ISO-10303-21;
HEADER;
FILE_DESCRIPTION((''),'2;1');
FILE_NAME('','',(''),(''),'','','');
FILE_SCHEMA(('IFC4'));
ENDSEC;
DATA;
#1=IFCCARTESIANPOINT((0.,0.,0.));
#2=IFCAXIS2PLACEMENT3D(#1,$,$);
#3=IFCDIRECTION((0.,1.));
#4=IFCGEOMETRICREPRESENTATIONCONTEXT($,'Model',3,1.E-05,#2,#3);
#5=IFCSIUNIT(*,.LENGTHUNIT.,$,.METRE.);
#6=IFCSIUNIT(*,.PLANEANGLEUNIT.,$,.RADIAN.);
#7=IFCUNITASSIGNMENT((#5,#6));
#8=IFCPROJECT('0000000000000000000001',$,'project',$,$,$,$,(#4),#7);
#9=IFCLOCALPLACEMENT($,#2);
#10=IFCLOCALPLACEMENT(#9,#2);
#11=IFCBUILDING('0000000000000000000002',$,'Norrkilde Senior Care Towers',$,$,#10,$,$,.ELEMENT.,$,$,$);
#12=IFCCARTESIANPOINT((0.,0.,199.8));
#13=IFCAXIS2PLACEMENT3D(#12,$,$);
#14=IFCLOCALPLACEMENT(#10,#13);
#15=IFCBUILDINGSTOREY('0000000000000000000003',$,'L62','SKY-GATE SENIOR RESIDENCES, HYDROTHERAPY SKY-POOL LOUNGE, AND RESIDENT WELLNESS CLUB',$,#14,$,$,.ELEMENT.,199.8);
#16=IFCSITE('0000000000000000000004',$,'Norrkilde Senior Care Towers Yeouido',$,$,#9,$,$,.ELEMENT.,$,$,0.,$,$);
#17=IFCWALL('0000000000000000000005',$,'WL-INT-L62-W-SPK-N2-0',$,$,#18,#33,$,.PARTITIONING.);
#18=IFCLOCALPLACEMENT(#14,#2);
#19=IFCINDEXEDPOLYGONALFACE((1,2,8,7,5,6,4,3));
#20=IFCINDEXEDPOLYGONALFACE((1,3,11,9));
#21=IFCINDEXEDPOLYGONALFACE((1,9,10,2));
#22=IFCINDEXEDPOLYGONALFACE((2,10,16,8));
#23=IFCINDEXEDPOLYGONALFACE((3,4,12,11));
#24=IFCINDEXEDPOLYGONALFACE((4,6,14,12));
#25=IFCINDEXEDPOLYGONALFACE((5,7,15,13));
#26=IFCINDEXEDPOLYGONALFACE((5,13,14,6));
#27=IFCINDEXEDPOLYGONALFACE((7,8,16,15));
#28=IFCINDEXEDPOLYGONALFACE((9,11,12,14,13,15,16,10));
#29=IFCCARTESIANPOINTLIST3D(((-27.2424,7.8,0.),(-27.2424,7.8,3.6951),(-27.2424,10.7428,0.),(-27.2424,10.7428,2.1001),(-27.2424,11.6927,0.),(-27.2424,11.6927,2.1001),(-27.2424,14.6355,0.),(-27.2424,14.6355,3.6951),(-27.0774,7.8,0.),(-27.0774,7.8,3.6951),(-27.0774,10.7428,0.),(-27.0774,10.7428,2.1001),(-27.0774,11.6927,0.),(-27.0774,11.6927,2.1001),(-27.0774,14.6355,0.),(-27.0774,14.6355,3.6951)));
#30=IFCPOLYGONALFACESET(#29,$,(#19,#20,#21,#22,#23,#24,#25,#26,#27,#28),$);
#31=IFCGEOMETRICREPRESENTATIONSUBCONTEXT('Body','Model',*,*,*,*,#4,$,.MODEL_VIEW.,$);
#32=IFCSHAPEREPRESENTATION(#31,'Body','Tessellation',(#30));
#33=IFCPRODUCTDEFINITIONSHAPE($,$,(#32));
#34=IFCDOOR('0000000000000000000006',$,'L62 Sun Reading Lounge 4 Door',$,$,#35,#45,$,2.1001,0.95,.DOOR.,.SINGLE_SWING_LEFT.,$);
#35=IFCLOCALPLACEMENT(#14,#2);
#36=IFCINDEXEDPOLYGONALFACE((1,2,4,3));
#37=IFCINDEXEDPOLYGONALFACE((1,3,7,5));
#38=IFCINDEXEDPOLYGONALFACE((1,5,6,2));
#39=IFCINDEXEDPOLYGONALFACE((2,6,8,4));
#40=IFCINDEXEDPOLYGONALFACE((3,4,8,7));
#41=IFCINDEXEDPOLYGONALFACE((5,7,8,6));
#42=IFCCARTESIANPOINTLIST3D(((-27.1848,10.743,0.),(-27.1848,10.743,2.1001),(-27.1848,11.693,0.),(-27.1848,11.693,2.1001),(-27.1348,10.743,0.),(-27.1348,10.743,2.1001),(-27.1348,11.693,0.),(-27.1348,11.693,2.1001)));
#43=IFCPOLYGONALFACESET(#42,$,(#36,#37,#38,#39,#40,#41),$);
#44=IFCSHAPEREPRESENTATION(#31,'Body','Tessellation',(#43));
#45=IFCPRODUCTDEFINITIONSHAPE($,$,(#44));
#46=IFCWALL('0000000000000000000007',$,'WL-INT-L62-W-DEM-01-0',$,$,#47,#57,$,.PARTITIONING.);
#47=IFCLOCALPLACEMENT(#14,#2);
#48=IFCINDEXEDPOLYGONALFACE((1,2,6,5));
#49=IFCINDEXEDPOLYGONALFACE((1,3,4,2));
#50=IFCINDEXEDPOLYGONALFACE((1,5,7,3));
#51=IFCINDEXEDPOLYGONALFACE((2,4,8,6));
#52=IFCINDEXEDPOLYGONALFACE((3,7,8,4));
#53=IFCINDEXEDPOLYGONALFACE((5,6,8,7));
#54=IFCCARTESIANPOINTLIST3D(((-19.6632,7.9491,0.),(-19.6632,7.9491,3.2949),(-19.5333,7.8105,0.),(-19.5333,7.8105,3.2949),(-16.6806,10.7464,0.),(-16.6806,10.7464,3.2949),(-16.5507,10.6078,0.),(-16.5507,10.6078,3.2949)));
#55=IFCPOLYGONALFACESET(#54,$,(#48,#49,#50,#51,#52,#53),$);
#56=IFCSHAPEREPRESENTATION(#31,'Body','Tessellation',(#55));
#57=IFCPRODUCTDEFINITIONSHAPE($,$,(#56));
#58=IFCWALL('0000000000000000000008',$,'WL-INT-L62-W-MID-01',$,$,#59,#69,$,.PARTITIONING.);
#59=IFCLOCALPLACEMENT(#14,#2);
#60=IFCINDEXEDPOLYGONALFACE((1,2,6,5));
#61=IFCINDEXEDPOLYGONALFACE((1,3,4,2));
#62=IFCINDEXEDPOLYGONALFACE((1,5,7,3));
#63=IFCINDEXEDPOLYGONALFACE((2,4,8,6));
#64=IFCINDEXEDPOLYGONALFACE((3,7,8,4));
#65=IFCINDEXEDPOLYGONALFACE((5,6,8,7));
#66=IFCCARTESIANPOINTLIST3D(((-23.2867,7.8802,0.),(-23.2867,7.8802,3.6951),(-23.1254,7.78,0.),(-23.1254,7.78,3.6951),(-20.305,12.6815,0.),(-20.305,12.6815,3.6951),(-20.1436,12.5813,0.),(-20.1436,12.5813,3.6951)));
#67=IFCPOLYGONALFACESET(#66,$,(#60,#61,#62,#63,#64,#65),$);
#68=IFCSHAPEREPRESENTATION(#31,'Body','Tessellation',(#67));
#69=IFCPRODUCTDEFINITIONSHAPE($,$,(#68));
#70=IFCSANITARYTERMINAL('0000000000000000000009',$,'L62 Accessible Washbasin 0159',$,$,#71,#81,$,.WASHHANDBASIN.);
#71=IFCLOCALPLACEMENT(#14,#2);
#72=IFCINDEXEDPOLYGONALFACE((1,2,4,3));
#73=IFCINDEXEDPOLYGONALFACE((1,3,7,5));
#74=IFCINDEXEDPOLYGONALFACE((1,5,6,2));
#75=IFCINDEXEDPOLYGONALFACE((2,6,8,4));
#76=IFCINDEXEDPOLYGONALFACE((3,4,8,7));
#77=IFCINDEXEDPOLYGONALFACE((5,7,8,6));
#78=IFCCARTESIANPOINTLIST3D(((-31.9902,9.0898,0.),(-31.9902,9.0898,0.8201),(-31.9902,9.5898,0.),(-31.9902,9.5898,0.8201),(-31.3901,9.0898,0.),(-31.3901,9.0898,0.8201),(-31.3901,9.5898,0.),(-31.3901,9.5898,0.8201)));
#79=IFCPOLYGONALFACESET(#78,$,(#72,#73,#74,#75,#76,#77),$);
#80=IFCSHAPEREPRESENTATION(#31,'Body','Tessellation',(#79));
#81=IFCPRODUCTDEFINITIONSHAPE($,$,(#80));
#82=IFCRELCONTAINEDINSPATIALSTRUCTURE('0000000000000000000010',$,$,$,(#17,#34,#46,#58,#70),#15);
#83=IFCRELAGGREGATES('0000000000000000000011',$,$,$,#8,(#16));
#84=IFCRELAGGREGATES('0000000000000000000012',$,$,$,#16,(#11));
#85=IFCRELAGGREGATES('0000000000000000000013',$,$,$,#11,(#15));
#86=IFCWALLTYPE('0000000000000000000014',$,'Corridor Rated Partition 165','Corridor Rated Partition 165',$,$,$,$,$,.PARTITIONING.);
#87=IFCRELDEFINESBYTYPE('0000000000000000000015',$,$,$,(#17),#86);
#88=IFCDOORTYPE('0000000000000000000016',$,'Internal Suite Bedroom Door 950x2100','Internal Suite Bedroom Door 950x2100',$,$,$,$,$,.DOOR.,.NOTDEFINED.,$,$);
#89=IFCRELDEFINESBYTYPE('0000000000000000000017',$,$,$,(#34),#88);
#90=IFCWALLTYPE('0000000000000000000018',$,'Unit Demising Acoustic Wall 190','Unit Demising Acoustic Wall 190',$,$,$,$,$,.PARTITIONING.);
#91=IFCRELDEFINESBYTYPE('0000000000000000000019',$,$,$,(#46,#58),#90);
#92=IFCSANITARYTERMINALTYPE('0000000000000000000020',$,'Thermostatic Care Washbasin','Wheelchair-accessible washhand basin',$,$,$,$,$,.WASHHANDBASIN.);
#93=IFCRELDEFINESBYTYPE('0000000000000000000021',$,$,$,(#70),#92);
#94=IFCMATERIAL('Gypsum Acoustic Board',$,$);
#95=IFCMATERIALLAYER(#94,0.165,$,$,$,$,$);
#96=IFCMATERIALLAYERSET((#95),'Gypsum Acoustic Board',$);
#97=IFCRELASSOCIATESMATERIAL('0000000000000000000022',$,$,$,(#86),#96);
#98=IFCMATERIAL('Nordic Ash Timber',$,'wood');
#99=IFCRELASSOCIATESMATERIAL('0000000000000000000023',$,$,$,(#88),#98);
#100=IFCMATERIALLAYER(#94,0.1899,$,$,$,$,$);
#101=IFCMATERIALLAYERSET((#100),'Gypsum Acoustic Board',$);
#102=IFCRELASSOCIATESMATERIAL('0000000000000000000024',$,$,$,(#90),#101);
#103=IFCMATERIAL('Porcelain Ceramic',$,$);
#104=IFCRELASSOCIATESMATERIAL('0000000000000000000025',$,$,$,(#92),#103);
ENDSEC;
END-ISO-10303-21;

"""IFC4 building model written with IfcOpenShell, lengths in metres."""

from ifc_helpers import new_model, si_unit, direction, frame, frame_2d, origin, origin_2d, place, context, subcontext, project, spatial, rectangle, extrude, source, transform, mapped, material, layer, layer_set, type_object, type_shapes, element, fill, save


model = new_model("IFC4")

# Units and contexts
model_context = context("Model", 3, precision=1e-05, world=origin(), true_north=direction((0.0, 1.0)))
body_context = subcontext(model_context, "Body", "Model", "MODEL_VIEW")
ifc_project = project(units=[si_unit("LENGTHUNIT", "METRE"), si_unit("PLANEANGLEUNIT", "RADIAN")], contexts=[model_context])

# Site, building, storey
site_placement = place(None, origin())
site = spatial("IfcSite", under=ifc_project, at=site_placement, Name="Norrkilde Senior Care Towers Yeouido", CompositionType="ELEMENT", RefElevation=0.0)
building_placement = place(site_placement, origin())
building = spatial("IfcBuilding", under=site, at=building_placement, Name="Norrkilde Senior Care Towers", CompositionType="ELEMENT")
storey_placement = place(building_placement, frame((0.0, 0.0, 199.8)))
storey = spatial("IfcBuildingStorey", under=building, at=storey_placement, Name="L62", Description="SKY-GATE SENIOR RESIDENCES, HYDROTHERAPY SKY-POOL LOUNGE, AND RESIDENT WELLNESS CLUB", CompositionType="ELEMENT", Elevation=199.8)

# Shared definitions
ifc_material_1 = material(Name="Gypsum Acoustic Board")
ifc_layer_1 = layer(ifc_material_1, 0.165)
ifc_layer_set_1 = layer_set([ifc_layer_1], Name="Gypsum Acoustic Board")
wall_type_1 = type_object("IfcWallType", Name="Corridor Rated Partition 165", Description="Corridor Rated Partition 165", PredefinedType="PARTITIONING", material=ifc_layer_set_1)
ifc_material_2 = material(Name="Nordic Ash Timber", Category="wood")

# Wall, opening, door
shared_shape_1 = source(origin(), body_context, "Body", "SweptSolid", [
    extrude(rectangle(XDim=6.8354, YDim=0.165, at=frame_2d((3.4177, 0.0))), origin(), (0.0, 0.0, 1.0), 3.6951),
])
door_type_1 = type_object("IfcDoorType", Name="Internal Suite Bedroom Door 950x2100", Description="Internal Suite Bedroom Door 950x2100", OperationType="NOTDEFINED", PredefinedType="DOOR", material=ifc_material_2)
shared_shape_2 = source(origin(), body_context, "Body", "SweptSolid", [
    extrude(rectangle(XDim=0.95, YDim=2.1001, at=frame_2d((0.4751, 1.05))), frame((0.0, 0.0249, 0.0), z_axis=(0.0, -1.0, 0.0), x_axis=(1.0, 0.0, 0.0)), (0.0, 0.0, 1.0), 0.05),
])
type_shapes(door_type_1, [shared_shape_2])
wall_1_placement = place(storey_placement, frame((-27.1599, 14.6355, 0.0), z_axis=(0.0, 0.0, 1.0), x_axis=(0.0, -1.0, 0.0)))
wall_1 = element("IfcWall", 1, at=wall_1_placement, inside=storey, type_object=wall_type_1, Name="WL-INT-L62-W-SPK-N2-0", PredefinedType="PARTITIONING", context=body_context, shape_type="MappedRepresentation", body=[
    mapped(shared_shape_1, transform((0.0, 0.0, 0.0), x_axis=(1.0, 0.0, 0.0), y_axis=(0.0, 1.0, 0.0), z_axis=(0.0, 0.0, 1.0), scale=1.0)),
])
opening_1_placement = place(wall_1_placement, frame((2.9426, 0.0, 0.0)))
opening_1 = element("IfcOpeningElement", 2, at=opening_1_placement, cuts=wall_1, PredefinedType="OPENING", context=body_context, shape_type="SweptSolid", body=[
    extrude(rectangle(XDim=0.95, YDim=2.1001, at=frame_2d((0.4751, 1.05))), frame((0.0, 0.0925, 0.0), z_axis=(0.0, -1.0, 0.0), x_axis=(1.0, 0.0, 0.0)), (0.0, 0.0, 1.0), 0.1851),
])
door_1_placement = place(opening_1_placement, frame((0.95, 0.0, 0.0), z_axis=(0.0, 0.0, 1.0), x_axis=(-1.0, 0.0, 0.0)))
door_1 = element("IfcDoor", 3, at=door_1_placement, inside=storey, type_object=door_type_1, Name="L62 Sun Reading Lounge 4 Door", OperationType="SINGLE_SWING_LEFT", OverallHeight=2.1001, OverallWidth=0.95, PredefinedType="DOOR", context=body_context, shape_type="MappedRepresentation", body=[
    mapped(shared_shape_2, transform((0.0, 0.0, 0.0), x_axis=(1.0, 0.0, 0.0), y_axis=(0.0, 1.0, 0.0), z_axis=(0.0, 0.0, 1.0), scale=1.0)),
])
fill(opening_1, door_1)

# Walls
ifc_layer_2 = layer(ifc_material_1, 0.1899)
ifc_layer_set_2 = layer_set([ifc_layer_2], Name="Gypsum Acoustic Board")
wall_type_2 = type_object("IfcWallType", Name="Unit Demising Acoustic Wall 190", Description="Unit Demising Acoustic Wall 190", PredefinedType="PARTITIONING", material=ifc_layer_set_2)
shared_shape_3 = source(origin(), body_context, "Body", "SweptSolid", [
    extrude(rectangle(XDim=4.0891, YDim=0.1899, at=frame_2d((2.0444, 0.0))), origin(), (0.0, 0.0, 1.0), 3.2949),
])
wall_2_placement = place(storey_placement, frame((-19.5981, 7.8799, 0.0), z_axis=(0.0, 0.0, 1.0), x_axis=(0.729401, 0.684086, 0.0)))
element("IfcWall", 4, at=wall_2_placement, inside=storey, type_object=wall_type_2, Name="WL-INT-L62-W-DEM-01-0", PredefinedType="PARTITIONING", context=body_context, shape_type="MappedRepresentation", body=[
    mapped(shared_shape_3, transform((0.0, 0.0, 0.0), x_axis=(1.0, 0.0, 0.0), y_axis=(0.0, 1.0, 0.0), z_axis=(0.0, 0.0, 1.0), scale=1.0)),
])
shared_shape_4 = source(origin(), body_context, "Body", "SweptSolid", [
    extrude(rectangle(XDim=5.6519, YDim=0.1899, at=frame_2d((2.8259, 0.0))), origin(), (0.0, 0.0, 1.0), 3.6951),
])
type_shapes(wall_type_2, [shared_shape_3, shared_shape_4])
wall_3_placement = place(storey_placement, frame((-23.2061, 7.8301, 0.0), z_axis=(0.0, 0.0, 1.0), x_axis=(0.527566, 0.849514, 0.0)))
element("IfcWall", 5, at=wall_3_placement, inside=storey, type_object=wall_type_2, Name="WL-INT-L62-W-MID-01", PredefinedType="PARTITIONING", context=body_context, shape_type="MappedRepresentation", body=[
    mapped(shared_shape_4, transform((0.0, 0.0, 0.0), x_axis=(1.0, 0.0, 0.0), y_axis=(0.0, 1.0, 0.0), z_axis=(0.0, 0.0, 1.0), scale=1.0)),
])

# Sanitary terminal
ifc_material_3 = material(Name="Porcelain Ceramic")
sanitary_terminal_type = type_object("IfcSanitaryTerminalType", Name="Thermostatic Care Washbasin", Description="Wheelchair-accessible washhand basin", PredefinedType="WASHHANDBASIN", material=ifc_material_3)
shared_shape_5 = source(origin(), body_context, "Body", "SweptSolid", [
    extrude(rectangle(XDim=0.6001, YDim=0.5, at=origin_2d()), origin(), (0.0, 0.0, 1.0), 0.8201),
])
type_shapes(sanitary_terminal_type, [shared_shape_5])
sanitary_terminal_placement = place(storey_placement, frame((-31.6902, 9.3398, 0.0), z_axis=(0.0, 0.0, 1.0), x_axis=(1.0, 0.0, 0.0)))
element("IfcSanitaryTerminal", 6, at=sanitary_terminal_placement, inside=storey, type_object=sanitary_terminal_type, Name="L62 Accessible Washbasin 0159", PredefinedType="WASHHANDBASIN", context=body_context, shape_type="MappedRepresentation", body=[
    mapped(shared_shape_5, transform((0.0, 0.0, 0.0), x_axis=(1.0, 0.0, 0.0), y_axis=(0.0, 1.0, 0.0), z_axis=(0.0, 0.0, 1.0), scale=1.0)),
])

save(model, "model.ifc")
